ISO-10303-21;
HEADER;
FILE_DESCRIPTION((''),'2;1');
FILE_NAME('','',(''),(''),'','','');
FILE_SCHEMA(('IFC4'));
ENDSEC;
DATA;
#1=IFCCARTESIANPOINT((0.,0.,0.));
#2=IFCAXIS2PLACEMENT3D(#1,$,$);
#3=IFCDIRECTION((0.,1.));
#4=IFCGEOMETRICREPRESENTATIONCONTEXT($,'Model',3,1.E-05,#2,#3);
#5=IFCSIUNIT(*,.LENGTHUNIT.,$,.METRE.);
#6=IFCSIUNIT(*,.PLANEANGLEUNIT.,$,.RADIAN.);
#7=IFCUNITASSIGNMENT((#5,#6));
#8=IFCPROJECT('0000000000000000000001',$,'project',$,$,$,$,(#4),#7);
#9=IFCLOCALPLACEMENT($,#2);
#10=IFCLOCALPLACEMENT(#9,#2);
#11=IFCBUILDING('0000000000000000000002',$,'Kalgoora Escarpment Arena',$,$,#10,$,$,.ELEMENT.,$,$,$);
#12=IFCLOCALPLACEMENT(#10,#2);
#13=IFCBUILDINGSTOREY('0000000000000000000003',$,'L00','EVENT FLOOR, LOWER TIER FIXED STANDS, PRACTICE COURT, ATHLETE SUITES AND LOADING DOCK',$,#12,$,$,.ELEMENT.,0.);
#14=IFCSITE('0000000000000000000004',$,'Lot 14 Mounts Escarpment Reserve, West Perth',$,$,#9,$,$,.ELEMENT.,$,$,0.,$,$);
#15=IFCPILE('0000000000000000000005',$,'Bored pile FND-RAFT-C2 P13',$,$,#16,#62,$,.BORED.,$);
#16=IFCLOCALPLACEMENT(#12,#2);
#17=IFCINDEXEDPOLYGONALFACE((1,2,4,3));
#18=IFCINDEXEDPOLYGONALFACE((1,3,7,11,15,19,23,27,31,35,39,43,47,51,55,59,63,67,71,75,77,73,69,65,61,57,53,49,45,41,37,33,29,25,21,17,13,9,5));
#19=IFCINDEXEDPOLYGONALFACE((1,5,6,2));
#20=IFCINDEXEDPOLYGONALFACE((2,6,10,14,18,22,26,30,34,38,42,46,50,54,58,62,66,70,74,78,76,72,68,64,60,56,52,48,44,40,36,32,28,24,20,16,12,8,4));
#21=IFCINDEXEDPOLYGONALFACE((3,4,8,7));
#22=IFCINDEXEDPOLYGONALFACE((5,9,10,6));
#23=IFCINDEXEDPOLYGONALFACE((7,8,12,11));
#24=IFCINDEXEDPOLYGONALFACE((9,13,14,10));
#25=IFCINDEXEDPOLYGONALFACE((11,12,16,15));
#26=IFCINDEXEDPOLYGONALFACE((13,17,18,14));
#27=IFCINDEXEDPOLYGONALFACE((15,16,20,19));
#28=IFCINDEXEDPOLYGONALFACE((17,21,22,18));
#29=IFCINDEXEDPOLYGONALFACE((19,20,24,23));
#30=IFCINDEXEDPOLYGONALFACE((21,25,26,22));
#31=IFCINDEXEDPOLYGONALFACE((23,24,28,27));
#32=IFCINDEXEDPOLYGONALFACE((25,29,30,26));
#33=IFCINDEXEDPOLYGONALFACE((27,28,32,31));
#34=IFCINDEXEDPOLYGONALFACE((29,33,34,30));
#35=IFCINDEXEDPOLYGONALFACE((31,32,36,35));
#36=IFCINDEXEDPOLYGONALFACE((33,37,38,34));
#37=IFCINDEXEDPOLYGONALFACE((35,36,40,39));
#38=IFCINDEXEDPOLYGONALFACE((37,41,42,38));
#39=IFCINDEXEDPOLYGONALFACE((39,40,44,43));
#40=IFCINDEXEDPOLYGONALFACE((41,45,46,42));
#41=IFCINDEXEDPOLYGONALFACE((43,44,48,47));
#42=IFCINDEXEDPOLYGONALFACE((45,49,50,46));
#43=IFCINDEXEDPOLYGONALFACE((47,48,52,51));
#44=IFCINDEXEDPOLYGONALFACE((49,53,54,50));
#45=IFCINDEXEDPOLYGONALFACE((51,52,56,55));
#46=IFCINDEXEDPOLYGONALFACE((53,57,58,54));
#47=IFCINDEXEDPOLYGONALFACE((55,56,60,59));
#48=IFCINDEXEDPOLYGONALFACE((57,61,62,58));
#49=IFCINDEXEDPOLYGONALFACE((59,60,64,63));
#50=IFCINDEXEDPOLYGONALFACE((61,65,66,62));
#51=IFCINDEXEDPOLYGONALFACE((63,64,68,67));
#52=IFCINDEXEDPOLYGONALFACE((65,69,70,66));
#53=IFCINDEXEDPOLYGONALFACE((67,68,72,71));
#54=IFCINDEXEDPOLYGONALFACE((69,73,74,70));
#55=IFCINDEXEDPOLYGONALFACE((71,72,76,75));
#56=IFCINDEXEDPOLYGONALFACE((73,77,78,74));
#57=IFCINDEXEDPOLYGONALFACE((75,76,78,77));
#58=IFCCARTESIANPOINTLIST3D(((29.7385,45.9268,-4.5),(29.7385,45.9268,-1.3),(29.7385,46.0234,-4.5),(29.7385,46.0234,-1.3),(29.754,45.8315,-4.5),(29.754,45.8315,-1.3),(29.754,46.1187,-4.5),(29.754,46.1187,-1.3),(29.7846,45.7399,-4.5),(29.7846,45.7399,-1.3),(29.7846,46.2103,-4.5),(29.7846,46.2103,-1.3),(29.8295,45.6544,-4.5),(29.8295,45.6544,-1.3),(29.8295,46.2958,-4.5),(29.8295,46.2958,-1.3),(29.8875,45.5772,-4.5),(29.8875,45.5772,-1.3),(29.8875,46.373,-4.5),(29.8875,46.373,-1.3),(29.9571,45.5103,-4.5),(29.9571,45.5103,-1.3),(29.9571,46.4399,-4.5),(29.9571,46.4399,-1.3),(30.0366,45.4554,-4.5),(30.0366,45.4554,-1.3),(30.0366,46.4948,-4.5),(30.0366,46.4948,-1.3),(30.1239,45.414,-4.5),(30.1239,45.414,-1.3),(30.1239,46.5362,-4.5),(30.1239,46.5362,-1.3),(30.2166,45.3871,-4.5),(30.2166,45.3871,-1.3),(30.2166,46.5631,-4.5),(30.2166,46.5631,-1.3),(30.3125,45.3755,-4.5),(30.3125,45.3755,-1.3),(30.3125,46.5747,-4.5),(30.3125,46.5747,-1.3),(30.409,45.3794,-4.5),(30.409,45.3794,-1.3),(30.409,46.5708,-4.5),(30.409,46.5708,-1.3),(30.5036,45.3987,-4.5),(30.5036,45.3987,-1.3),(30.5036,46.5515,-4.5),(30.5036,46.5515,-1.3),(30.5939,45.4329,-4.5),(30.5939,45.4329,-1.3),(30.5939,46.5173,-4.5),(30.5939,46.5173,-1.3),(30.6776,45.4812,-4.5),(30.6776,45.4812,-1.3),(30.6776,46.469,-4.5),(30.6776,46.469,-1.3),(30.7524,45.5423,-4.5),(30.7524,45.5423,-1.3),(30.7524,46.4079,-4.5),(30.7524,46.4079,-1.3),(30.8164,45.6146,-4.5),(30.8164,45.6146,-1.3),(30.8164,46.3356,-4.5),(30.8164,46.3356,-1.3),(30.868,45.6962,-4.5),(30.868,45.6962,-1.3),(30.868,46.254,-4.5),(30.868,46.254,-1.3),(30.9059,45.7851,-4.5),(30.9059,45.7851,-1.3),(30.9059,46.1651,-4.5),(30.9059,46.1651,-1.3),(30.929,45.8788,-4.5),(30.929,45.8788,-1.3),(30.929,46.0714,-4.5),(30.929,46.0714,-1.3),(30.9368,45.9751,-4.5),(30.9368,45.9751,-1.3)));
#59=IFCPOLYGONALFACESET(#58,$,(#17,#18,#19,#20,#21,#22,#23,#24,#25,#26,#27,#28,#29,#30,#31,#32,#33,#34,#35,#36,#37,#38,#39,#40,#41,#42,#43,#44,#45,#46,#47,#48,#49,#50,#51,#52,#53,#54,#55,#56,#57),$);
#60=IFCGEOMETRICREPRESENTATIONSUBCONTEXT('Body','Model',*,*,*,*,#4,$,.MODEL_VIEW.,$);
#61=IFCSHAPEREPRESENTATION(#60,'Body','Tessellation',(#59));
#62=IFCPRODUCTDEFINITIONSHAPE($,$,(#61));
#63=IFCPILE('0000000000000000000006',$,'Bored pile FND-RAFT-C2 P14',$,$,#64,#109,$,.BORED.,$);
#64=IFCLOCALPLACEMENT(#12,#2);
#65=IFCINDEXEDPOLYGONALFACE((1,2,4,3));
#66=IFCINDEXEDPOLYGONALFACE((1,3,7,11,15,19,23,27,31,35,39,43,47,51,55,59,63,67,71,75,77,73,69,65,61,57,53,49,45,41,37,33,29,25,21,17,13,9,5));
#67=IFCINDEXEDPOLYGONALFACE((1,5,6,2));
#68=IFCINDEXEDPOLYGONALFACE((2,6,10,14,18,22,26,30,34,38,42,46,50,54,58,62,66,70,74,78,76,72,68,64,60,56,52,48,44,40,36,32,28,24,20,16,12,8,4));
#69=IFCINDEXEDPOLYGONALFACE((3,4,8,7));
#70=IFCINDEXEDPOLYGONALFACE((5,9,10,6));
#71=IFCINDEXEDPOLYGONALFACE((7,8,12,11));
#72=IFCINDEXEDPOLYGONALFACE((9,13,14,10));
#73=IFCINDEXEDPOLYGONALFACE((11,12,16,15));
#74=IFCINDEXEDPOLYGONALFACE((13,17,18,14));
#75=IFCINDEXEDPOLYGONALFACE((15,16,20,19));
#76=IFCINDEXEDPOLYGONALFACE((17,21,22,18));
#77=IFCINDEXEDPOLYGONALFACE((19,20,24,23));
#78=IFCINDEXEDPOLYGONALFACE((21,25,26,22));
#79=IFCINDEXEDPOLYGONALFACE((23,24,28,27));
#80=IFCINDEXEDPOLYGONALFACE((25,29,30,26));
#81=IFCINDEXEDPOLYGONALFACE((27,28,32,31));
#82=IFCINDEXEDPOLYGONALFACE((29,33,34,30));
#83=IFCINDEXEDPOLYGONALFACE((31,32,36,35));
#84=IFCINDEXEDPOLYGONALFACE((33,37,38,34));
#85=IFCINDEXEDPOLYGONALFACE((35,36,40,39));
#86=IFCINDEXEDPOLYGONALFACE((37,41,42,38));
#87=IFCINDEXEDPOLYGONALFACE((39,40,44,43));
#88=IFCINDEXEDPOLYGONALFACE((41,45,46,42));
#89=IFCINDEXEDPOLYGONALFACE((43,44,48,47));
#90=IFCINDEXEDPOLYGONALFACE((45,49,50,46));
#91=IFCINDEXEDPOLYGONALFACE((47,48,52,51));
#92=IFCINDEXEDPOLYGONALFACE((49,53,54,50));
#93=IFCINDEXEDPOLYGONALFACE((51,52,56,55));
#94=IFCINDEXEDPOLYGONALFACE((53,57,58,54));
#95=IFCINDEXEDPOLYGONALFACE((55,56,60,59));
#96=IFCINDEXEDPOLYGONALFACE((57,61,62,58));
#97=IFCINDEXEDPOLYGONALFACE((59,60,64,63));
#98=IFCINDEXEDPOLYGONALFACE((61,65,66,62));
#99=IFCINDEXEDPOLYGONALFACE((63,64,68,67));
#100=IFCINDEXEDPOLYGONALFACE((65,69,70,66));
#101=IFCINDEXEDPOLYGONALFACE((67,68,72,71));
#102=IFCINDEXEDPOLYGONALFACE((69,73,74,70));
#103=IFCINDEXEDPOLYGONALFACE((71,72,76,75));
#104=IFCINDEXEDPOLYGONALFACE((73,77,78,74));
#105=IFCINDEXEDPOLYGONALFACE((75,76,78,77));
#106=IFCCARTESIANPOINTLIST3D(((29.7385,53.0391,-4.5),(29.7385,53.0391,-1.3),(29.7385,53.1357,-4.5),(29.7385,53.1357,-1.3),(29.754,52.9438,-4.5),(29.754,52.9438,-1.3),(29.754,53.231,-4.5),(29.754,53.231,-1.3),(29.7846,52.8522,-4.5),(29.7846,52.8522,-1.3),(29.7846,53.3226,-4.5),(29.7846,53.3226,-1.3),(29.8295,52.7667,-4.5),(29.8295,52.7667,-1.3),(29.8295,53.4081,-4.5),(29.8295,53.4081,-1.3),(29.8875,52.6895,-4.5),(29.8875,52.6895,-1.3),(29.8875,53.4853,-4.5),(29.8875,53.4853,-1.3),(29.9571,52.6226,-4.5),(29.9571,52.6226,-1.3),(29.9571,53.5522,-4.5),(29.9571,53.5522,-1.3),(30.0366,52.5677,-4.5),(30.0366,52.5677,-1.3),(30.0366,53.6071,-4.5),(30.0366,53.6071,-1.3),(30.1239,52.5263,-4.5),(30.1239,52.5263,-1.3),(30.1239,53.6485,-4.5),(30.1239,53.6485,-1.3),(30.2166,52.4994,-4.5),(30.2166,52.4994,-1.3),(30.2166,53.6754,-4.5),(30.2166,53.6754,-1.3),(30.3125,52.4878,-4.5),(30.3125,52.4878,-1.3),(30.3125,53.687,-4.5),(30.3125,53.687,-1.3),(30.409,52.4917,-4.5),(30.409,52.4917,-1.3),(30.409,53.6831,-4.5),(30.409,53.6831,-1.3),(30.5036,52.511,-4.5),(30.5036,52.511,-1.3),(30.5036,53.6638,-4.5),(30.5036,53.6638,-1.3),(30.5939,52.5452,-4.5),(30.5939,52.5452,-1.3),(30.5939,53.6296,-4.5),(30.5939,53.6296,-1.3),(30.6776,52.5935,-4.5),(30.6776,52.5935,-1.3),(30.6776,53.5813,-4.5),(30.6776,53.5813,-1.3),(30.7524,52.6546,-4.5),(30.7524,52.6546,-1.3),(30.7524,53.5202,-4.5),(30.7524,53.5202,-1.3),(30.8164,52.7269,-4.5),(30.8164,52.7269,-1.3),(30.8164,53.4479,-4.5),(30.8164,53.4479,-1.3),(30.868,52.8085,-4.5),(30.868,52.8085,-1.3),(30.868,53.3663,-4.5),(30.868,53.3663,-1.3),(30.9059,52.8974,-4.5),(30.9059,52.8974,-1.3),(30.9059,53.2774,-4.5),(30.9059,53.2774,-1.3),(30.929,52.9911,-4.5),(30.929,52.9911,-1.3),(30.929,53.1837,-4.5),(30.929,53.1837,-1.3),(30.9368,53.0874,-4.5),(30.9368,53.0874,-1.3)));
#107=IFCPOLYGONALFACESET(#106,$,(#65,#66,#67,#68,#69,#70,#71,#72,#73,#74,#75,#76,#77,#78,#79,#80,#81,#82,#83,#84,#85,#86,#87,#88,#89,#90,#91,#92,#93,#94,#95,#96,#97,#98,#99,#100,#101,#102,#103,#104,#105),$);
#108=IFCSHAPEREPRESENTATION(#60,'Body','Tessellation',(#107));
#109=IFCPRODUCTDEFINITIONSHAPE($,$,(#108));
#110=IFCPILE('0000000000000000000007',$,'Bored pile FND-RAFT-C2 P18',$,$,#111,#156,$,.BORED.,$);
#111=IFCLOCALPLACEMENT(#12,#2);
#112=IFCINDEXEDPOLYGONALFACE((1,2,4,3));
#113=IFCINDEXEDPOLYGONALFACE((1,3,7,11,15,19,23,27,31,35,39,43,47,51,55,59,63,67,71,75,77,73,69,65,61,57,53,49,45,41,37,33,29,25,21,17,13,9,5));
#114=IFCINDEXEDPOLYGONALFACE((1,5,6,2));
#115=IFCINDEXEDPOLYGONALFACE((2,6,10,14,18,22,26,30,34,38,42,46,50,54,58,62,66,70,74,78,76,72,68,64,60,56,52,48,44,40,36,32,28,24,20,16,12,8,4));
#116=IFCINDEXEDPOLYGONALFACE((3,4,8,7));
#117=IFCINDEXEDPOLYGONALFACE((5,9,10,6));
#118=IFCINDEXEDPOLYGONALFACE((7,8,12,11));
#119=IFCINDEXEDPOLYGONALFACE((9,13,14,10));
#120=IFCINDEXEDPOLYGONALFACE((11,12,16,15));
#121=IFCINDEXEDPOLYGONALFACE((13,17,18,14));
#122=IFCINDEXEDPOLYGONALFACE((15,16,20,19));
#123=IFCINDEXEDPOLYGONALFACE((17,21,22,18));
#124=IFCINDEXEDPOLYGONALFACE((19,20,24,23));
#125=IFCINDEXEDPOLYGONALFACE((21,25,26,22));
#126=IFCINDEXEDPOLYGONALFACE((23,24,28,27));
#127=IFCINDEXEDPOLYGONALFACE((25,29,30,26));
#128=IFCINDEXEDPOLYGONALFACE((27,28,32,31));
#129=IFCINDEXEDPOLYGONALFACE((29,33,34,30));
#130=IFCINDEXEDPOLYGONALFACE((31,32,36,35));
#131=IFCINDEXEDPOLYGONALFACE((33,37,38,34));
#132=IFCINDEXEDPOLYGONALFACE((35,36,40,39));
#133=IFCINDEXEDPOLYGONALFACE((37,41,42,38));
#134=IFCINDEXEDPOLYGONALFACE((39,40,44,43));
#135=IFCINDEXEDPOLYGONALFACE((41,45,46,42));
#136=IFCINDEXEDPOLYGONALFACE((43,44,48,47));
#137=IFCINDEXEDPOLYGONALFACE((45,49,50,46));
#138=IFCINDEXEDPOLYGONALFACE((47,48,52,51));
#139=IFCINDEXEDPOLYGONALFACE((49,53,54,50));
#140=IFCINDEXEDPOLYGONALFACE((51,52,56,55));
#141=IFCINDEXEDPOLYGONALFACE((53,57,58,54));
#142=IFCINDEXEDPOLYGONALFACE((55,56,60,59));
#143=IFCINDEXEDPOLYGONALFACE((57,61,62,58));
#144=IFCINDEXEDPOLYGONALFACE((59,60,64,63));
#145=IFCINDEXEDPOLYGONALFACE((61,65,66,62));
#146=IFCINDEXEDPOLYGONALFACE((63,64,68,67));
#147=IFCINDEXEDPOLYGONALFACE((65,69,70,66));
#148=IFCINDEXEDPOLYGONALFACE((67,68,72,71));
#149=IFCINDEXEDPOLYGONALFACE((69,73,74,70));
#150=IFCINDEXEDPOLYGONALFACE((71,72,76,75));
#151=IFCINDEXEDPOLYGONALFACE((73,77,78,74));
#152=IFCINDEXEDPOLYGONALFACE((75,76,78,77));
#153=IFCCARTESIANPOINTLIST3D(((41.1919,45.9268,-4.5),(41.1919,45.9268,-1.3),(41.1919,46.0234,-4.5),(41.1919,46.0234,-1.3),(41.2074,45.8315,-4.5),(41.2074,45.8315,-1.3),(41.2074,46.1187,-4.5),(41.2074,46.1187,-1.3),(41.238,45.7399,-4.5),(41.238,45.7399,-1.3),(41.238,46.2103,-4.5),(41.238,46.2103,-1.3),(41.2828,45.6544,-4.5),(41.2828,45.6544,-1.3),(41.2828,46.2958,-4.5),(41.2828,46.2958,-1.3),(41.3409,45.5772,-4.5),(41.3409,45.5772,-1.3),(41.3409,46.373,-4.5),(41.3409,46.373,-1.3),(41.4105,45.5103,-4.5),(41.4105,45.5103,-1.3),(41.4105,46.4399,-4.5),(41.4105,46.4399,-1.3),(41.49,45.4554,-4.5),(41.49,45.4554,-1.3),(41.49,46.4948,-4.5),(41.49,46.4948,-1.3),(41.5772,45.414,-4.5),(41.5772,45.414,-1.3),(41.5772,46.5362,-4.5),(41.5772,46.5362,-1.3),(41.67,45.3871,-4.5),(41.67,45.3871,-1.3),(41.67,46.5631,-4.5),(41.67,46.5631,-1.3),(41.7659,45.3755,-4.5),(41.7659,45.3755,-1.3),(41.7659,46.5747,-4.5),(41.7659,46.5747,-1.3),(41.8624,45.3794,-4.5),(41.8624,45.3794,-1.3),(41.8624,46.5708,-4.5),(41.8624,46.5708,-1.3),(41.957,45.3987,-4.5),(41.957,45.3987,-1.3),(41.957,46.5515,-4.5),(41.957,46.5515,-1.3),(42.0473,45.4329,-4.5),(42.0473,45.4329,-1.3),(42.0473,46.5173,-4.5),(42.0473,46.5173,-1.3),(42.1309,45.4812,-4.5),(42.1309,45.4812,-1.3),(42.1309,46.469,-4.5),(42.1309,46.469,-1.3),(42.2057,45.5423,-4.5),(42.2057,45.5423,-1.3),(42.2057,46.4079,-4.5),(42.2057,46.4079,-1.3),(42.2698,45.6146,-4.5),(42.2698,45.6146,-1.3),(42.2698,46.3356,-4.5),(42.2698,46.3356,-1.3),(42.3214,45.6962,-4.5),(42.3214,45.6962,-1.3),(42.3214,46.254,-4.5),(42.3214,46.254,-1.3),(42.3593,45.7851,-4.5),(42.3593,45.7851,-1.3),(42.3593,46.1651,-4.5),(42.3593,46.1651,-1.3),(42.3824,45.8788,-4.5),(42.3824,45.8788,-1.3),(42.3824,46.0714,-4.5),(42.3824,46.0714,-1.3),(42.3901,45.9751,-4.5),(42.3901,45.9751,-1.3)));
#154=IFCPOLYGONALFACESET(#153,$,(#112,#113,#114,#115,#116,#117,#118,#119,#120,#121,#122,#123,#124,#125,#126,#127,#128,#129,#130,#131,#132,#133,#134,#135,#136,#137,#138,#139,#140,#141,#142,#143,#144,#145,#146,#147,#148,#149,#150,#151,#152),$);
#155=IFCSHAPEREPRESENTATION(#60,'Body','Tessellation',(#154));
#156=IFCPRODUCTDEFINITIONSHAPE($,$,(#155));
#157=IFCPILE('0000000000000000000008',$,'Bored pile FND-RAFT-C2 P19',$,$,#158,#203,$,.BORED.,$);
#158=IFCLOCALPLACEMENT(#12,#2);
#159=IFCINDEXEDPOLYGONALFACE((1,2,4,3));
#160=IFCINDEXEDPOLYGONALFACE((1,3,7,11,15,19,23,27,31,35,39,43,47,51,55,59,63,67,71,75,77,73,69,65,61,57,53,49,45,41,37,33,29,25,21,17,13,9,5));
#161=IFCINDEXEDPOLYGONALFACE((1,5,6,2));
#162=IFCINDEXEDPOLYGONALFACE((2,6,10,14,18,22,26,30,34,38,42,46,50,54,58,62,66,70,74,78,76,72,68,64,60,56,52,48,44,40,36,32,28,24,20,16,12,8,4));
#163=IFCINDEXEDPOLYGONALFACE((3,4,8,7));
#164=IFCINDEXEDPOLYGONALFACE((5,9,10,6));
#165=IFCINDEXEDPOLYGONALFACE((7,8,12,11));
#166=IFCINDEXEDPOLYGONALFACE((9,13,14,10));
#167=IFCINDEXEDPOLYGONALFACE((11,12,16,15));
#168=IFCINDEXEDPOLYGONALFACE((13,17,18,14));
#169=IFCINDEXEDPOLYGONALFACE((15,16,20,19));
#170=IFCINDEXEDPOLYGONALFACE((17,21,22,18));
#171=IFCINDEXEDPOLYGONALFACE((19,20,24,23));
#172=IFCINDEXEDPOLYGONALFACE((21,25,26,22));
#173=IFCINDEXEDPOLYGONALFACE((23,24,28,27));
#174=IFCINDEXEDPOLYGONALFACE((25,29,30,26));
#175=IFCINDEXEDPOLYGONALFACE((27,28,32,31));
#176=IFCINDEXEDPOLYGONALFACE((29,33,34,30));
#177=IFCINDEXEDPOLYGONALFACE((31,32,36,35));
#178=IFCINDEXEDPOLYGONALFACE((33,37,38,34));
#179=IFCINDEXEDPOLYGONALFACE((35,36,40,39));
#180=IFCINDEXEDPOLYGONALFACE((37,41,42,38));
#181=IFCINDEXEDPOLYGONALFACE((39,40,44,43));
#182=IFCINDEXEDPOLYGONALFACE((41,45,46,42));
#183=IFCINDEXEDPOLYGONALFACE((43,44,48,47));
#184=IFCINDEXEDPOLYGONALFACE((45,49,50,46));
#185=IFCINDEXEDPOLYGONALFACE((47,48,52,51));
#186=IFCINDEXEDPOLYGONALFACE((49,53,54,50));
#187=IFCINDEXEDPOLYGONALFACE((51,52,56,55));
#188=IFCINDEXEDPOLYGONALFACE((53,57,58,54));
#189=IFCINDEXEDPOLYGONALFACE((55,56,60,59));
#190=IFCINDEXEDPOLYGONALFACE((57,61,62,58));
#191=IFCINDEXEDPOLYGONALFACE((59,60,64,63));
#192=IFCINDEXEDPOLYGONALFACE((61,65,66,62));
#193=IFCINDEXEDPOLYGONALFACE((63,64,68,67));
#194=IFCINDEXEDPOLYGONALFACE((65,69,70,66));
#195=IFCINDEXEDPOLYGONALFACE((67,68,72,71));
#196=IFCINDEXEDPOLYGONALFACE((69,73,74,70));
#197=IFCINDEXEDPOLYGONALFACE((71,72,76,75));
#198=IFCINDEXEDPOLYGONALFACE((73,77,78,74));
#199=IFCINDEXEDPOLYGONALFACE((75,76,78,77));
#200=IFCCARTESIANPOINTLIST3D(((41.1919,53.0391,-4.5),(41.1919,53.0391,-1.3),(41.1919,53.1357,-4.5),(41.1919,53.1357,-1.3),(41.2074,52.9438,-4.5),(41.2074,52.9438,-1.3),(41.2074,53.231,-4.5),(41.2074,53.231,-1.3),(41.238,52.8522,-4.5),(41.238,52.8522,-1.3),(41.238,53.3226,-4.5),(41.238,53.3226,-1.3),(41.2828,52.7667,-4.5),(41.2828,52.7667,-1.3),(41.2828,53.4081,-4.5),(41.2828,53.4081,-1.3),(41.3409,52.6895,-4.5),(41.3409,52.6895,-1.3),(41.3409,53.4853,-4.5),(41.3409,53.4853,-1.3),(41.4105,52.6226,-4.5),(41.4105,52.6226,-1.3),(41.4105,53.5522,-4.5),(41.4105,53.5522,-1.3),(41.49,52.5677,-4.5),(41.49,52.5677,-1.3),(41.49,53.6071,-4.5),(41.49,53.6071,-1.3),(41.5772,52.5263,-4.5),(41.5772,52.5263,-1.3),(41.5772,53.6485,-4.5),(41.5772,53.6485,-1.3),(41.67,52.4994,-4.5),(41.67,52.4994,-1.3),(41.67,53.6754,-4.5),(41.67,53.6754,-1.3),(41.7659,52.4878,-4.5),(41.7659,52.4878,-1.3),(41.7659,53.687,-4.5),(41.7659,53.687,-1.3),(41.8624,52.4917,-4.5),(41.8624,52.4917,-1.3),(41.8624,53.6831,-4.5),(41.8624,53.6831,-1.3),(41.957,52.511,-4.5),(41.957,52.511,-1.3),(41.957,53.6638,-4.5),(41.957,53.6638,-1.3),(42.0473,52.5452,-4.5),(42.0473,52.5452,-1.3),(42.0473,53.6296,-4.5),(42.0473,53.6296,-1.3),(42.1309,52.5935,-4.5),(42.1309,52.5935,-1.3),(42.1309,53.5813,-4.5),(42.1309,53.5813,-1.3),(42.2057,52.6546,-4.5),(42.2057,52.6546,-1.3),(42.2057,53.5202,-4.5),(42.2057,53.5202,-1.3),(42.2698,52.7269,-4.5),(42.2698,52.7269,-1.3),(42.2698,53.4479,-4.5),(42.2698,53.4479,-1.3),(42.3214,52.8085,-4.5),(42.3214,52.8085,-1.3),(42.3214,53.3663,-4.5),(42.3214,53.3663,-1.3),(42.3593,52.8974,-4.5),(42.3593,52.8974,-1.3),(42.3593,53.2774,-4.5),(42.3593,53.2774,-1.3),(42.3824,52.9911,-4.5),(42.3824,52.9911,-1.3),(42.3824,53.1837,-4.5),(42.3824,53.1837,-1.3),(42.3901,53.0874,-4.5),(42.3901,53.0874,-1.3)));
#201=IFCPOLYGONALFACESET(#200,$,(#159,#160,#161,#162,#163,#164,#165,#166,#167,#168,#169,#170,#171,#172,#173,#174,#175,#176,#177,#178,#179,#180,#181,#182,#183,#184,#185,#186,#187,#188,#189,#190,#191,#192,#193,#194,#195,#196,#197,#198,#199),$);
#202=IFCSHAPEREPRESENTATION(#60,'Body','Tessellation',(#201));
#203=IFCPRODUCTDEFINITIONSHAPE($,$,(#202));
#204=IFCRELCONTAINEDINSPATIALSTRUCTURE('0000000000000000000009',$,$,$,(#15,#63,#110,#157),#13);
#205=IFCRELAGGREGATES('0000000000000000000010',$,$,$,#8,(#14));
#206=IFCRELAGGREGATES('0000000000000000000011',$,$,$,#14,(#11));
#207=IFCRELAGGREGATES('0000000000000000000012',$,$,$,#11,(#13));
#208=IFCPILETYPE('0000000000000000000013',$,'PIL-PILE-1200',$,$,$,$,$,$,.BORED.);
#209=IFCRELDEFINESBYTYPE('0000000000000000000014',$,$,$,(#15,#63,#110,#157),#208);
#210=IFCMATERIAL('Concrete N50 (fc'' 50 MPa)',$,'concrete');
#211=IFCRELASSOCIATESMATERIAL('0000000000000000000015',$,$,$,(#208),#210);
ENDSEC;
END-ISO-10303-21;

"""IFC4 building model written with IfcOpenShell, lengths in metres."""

from ifc_helpers import new_model, si_unit, direction, frame, origin, origin_2d, place, context, subcontext, project, spatial, circle, extrude, material, material_profile, profile_set, type_object, element, save


model = new_model("IFC4")

# Units and contexts
model_context = context("Model", 3, precision=1e-05, world=origin(), true_north=direction((0.0, 1.0)))
body_context = subcontext(model_context, "Body", "Model", "MODEL_VIEW")
ifc_project = project(units=[si_unit("LENGTHUNIT", "METRE"), si_unit("PLANEANGLEUNIT", "RADIAN")], contexts=[model_context])

# Site, building, storey
site_placement = place(None, origin())
site = spatial("IfcSite", under=ifc_project, at=site_placement, Name="Lot 14 Mounts Escarpment Reserve, West Perth", CompositionType="ELEMENT", RefElevation=0.0)
building_placement = place(site_placement, origin())
building = spatial("IfcBuilding", under=site, at=building_placement, Name="Kalgoora Escarpment Arena", CompositionType="ELEMENT")
storey_placement = place(building_placement, origin())
storey = spatial("IfcBuildingStorey", under=building, at=storey_placement, Name="L00", Description="EVENT FLOOR, LOWER TIER FIXED STANDS, PRACTICE COURT, ATHLETE SUITES AND LOADING DOCK", CompositionType="ELEMENT", Elevation=0.0)

# Piles
ifc_material_1 = material(Name="Concrete N50 (fc' 50 MPa)", Category="concrete")
ifc_material_profile_1 = material_profile(ifc_material_1, circle(Radius=0.6001, at=origin_2d()))
ifc_profile_set_1 = profile_set([ifc_material_profile_1], Name="Concrete N50 (fc' 50 MPa)")
pile_type = type_object("IfcPileType", Name="PIL-PILE-1200", PredefinedType="BORED", material=ifc_profile_set_1)
for number, where, z_axis, x_axis, name in (
    (1, (30.3367, 45.9751, -1.3), (0.0, 0.0, -1.0), (1.0, 0.0, 0.0), "Bored pile FND-RAFT-C2 P13"),
    (2, (30.3367, 53.0874, -1.3), (0.0, 0.0, -1.0), (1.0, 0.0, 0.0), "Bored pile FND-RAFT-C2 P14"),
    (3, (41.79, 45.9751, -1.3), (0.0, 0.0, -1.0), (1.0, 0.0, 0.0), "Bored pile FND-RAFT-C2 P18"),
    (4, (41.79, 53.0874, -1.3), (0.0, 0.0, -1.0), (1.0, 0.0, 0.0), "Bored pile FND-RAFT-C2 P19"),
):
    element("IfcPile", number, at=place(storey_placement, frame(where, z_axis=z_axis, x_axis=x_axis)), inside=storey, type_object=pile_type, Name=name, PredefinedType="BORED", context=body_context, shape_type="SweptSolid", body=[
        extrude(circle(Radius=0.6001, at=origin_2d()), origin(), (0.0, 0.0, 1.0), 3.2),
    ])

save(model, "model.ifc")
